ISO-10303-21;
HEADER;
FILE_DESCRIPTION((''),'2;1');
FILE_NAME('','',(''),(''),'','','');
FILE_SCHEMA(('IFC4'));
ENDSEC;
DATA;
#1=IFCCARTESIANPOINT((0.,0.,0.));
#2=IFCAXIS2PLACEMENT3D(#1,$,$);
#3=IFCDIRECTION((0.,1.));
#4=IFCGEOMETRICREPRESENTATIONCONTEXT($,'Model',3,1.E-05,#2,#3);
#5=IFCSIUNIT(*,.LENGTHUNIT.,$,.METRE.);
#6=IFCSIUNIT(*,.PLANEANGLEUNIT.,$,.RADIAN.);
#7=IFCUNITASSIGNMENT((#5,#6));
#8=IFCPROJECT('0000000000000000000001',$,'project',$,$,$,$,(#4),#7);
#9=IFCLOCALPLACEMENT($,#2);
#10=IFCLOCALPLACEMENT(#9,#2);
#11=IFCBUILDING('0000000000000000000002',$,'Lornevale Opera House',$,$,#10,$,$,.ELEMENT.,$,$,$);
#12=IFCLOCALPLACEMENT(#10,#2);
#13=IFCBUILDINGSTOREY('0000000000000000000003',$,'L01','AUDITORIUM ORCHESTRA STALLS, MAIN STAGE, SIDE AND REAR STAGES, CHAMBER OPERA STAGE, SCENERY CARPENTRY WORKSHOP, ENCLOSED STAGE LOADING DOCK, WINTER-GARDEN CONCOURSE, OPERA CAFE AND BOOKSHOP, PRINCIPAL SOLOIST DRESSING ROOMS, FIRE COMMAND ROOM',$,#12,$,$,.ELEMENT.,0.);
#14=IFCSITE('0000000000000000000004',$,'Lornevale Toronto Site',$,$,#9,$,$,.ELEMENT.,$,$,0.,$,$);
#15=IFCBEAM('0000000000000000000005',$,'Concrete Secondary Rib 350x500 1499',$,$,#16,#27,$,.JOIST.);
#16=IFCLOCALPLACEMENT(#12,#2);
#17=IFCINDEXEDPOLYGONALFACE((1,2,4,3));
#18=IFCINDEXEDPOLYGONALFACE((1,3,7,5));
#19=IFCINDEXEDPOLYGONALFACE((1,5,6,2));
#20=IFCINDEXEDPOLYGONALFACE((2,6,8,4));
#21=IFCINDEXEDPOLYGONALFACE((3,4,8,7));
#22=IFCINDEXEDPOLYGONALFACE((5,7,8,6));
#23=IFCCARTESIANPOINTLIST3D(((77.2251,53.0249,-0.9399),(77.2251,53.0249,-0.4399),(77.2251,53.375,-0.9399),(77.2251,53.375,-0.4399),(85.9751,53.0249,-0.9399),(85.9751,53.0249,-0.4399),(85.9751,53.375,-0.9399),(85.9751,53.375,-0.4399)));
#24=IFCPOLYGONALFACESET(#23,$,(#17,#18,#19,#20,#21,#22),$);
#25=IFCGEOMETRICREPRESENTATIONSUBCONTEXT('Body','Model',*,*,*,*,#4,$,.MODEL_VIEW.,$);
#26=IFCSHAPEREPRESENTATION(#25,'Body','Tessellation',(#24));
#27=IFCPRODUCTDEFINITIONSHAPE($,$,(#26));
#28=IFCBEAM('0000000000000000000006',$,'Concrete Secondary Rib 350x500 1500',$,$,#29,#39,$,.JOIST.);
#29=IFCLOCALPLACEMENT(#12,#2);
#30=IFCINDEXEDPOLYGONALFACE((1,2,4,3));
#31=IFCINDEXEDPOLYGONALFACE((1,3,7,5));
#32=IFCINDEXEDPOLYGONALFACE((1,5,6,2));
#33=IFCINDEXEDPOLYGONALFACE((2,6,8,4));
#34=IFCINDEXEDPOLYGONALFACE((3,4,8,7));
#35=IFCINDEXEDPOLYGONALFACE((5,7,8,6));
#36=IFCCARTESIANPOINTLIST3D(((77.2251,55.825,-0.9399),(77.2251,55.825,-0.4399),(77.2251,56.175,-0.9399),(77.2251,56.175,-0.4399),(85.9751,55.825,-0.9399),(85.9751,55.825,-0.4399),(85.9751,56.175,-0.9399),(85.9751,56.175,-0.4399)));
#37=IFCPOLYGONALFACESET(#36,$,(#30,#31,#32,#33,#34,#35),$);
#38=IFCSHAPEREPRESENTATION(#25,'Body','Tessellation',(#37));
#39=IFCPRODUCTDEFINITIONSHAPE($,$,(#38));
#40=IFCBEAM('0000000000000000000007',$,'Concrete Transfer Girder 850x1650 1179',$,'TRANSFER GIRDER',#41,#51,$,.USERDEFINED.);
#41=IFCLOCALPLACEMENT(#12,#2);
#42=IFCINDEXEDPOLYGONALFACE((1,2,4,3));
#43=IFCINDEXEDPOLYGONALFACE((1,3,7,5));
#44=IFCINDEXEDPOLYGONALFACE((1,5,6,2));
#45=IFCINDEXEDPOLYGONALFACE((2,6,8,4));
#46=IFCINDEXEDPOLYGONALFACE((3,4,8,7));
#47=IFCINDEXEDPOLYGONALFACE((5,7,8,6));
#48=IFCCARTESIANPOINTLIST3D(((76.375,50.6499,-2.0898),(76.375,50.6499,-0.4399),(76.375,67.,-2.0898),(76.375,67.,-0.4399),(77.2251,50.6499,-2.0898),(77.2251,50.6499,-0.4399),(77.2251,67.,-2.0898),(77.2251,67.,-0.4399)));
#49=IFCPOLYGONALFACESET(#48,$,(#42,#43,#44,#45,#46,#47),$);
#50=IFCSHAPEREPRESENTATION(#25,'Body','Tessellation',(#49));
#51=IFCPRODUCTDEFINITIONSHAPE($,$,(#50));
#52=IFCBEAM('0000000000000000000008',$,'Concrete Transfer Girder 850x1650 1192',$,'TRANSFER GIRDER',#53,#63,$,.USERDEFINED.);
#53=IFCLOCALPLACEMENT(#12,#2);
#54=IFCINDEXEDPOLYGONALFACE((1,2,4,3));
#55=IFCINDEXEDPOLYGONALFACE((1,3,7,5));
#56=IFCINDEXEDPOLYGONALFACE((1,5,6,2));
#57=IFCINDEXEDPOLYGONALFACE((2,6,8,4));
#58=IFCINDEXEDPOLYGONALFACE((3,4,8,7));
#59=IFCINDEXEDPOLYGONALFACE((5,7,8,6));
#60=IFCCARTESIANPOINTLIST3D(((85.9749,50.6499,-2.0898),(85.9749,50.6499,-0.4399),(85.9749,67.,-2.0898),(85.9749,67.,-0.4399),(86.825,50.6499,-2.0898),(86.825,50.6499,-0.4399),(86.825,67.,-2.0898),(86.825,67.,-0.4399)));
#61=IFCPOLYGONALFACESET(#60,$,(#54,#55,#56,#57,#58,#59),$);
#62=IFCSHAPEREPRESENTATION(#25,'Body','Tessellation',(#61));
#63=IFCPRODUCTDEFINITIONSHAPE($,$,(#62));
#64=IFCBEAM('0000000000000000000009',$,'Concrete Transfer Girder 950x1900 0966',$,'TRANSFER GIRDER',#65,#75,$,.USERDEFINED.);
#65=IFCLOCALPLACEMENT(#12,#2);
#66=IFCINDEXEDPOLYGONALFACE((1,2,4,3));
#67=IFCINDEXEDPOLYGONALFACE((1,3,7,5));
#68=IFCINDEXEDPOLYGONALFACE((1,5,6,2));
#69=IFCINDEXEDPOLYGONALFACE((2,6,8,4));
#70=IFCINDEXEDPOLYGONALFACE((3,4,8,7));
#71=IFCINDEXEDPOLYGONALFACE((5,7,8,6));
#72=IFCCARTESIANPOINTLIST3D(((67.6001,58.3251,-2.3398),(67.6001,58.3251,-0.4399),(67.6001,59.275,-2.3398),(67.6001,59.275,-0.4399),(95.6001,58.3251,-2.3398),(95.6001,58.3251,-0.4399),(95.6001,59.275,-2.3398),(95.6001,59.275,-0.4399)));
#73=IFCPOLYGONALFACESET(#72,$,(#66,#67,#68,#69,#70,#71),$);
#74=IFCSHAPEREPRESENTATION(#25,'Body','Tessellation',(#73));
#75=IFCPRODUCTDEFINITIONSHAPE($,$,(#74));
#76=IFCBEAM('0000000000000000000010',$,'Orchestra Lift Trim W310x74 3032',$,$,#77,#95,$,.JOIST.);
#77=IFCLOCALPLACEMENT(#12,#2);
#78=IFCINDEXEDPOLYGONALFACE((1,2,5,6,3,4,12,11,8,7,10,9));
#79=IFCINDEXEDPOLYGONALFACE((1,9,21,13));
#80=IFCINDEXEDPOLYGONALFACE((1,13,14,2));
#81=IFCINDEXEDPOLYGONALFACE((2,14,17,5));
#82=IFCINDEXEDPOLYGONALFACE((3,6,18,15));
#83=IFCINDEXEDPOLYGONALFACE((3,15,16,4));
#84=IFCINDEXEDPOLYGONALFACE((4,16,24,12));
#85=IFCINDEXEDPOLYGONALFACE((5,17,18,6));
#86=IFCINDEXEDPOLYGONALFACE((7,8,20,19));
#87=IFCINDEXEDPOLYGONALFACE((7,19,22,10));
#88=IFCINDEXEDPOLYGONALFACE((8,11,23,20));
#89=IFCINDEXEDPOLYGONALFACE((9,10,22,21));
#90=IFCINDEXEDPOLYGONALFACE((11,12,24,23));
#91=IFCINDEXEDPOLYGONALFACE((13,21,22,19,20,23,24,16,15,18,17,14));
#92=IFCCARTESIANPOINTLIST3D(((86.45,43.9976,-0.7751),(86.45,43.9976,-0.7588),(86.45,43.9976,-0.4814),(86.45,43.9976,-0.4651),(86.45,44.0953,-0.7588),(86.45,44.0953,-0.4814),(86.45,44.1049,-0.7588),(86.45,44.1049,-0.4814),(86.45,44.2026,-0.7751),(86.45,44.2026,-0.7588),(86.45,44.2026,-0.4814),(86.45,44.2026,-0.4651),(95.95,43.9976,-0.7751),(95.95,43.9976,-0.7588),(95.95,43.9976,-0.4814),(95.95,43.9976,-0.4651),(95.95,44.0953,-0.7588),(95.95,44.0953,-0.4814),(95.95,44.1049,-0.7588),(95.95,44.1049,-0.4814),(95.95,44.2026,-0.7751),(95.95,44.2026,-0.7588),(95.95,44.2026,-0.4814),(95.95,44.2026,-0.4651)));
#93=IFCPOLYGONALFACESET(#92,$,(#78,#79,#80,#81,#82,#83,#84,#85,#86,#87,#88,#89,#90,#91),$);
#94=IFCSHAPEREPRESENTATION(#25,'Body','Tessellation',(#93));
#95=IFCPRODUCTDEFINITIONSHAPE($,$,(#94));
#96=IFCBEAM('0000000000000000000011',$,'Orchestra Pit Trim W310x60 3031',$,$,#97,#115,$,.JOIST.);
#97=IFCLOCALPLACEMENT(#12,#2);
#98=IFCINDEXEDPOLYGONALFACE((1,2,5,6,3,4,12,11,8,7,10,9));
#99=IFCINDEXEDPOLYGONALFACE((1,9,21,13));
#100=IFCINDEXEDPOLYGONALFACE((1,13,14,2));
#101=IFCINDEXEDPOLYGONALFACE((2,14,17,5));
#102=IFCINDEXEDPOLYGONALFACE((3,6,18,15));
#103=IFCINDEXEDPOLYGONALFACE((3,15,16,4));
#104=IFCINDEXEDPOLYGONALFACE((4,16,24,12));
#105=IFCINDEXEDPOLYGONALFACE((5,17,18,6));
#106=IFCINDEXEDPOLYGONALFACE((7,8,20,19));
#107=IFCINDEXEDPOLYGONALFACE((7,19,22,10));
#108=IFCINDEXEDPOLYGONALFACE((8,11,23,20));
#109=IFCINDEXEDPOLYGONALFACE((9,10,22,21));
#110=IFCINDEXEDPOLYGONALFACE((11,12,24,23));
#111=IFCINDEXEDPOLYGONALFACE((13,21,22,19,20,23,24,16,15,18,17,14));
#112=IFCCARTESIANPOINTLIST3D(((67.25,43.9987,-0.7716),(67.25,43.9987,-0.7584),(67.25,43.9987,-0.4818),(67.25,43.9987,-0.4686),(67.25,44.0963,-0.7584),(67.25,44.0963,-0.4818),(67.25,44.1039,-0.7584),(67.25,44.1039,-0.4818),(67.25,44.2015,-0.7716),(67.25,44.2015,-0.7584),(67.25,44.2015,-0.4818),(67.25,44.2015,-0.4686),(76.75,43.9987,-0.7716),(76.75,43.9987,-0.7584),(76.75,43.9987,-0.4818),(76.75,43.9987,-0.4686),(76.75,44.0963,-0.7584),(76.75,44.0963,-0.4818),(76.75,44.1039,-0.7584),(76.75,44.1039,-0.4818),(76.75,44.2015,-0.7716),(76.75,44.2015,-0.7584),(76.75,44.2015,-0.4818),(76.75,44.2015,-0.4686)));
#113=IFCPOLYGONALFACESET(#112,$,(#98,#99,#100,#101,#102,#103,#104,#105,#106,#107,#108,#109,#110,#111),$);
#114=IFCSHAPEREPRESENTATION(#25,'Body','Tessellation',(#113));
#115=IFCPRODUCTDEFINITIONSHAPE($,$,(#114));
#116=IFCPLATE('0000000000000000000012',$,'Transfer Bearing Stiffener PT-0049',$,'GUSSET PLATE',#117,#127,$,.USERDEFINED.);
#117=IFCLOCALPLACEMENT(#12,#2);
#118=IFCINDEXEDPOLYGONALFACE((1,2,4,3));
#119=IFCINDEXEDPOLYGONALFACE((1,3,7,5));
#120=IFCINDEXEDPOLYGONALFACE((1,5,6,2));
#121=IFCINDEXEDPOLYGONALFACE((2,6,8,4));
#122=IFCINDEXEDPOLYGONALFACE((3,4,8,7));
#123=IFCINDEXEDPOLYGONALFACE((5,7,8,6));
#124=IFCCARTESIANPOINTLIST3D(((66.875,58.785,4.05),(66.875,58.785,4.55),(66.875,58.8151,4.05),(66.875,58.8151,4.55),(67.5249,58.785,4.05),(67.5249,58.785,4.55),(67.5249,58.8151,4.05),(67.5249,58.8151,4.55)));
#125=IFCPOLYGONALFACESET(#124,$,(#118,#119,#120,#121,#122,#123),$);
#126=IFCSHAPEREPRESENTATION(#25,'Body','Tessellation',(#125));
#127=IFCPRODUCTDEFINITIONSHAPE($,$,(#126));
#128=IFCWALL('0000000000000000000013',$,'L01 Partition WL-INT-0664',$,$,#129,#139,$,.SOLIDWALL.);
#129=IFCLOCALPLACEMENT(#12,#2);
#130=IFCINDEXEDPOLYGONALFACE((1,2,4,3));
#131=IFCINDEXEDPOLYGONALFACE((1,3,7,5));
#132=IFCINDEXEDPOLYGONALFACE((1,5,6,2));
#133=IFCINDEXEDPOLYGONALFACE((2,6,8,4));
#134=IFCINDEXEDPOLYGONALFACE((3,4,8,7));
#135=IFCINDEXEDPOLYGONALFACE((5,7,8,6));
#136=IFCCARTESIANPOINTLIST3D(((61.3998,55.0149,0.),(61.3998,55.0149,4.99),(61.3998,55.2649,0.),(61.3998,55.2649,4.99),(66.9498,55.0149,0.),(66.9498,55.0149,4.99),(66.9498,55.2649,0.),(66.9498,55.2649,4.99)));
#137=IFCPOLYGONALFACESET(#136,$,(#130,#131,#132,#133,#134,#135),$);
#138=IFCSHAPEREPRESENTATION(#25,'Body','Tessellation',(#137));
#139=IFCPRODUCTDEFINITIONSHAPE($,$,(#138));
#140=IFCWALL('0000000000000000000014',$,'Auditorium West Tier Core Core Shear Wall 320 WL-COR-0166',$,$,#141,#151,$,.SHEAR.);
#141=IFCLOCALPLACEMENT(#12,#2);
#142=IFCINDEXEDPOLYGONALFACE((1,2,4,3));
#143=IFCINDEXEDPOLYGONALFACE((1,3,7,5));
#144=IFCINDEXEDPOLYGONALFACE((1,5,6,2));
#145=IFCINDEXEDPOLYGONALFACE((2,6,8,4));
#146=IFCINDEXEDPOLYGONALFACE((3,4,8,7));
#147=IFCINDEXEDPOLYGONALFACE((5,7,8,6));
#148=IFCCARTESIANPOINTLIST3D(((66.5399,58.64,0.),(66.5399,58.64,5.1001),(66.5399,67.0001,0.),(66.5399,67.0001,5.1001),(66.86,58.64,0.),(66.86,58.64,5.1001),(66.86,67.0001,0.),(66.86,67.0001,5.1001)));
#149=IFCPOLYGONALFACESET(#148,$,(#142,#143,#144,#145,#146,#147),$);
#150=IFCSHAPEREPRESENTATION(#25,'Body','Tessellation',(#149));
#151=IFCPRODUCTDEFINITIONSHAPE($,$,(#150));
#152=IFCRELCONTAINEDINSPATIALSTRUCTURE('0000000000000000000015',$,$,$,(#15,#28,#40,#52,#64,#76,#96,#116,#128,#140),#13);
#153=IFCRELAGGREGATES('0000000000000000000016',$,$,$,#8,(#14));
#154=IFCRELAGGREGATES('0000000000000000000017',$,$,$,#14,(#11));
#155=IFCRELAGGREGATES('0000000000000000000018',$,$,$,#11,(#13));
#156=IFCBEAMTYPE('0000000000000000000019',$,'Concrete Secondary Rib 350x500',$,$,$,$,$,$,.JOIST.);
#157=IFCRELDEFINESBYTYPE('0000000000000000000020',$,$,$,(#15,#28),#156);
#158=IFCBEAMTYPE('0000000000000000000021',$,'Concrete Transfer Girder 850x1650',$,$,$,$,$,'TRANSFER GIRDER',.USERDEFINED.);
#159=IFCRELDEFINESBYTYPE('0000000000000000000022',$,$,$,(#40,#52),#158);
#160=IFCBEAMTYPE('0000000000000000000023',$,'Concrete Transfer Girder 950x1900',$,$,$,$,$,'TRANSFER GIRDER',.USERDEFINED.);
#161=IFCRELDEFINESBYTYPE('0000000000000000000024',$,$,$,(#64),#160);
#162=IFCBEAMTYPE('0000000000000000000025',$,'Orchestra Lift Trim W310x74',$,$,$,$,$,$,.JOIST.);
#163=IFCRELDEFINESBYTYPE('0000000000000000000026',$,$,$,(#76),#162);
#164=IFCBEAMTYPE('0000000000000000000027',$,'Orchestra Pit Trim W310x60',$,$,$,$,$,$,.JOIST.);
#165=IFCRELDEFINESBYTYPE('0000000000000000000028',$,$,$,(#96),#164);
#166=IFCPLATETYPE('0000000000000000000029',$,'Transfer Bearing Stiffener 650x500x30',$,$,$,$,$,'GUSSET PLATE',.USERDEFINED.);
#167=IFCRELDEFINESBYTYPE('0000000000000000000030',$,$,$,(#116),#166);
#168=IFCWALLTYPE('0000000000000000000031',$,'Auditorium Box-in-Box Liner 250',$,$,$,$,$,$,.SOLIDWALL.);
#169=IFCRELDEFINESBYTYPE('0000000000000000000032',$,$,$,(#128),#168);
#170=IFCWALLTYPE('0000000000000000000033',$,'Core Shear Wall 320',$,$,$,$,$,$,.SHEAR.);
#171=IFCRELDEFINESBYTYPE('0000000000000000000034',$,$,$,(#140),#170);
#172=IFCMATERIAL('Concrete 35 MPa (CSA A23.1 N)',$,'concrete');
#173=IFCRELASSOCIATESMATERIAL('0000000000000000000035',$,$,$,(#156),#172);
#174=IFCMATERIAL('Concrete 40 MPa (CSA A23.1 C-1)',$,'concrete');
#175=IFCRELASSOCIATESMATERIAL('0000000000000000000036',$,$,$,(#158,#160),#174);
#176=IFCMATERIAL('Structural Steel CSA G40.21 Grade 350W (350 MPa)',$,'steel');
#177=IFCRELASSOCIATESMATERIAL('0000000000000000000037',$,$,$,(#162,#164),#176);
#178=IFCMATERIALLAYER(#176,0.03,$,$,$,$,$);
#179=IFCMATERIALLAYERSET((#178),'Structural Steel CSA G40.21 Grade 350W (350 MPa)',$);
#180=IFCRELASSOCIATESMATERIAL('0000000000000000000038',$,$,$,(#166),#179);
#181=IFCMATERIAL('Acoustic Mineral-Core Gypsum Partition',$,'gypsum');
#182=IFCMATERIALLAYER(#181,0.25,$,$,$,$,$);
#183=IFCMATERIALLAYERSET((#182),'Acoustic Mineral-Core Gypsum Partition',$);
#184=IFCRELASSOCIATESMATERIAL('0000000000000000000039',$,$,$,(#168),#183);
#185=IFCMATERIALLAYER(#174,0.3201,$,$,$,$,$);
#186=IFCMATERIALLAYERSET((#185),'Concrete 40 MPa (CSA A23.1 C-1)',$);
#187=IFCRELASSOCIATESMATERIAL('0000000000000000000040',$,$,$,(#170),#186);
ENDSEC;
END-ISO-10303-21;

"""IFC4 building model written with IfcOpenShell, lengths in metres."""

from ifc_helpers import new_model, si_unit, direction, frame, frame_2d, origin, origin_2d, place, context, subcontext, project, spatial, rectangle, i_section, extrude, material, layer, layer_set, material_profile, profile_set, type_object, element, save


model = new_model("IFC4")

# Units and contexts
model_context = context("Model", 3, precision=1e-05, world=origin(), true_north=direction((0.0, 1.0)))
body_context = subcontext(model_context, "Body", "Model", "MODEL_VIEW")
ifc_project = project(units=[si_unit("LENGTHUNIT", "METRE"), si_unit("PLANEANGLEUNIT", "RADIAN")], contexts=[model_context])

# Site, building, storey
site_placement = place(None, origin())
site = spatial("IfcSite", under=ifc_project, at=site_placement, Name="Lornevale Toronto Site", CompositionType="ELEMENT", RefElevation=0.0)
building_placement = place(site_placement, origin())
building = spatial("IfcBuilding", under=site, at=building_placement, Name="Lornevale Opera House", CompositionType="ELEMENT")
storey_placement = place(building_placement, origin())
storey = spatial("IfcBuildingStorey", under=building, at=storey_placement, Name="L01", Description="AUDITORIUM ORCHESTRA STALLS, MAIN STAGE, SIDE AND REAR STAGES, CHAMBER OPERA STAGE, SCENERY CARPENTRY WORKSHOP, ENCLOSED STAGE LOADING DOCK, WINTER-GARDEN CONCOURSE, OPERA CAFE AND BOOKSHOP, PRINCIPAL SOLOIST DRESSING ROOMS, FIRE COMMAND ROOM", CompositionType="ELEMENT", Elevation=0.0)

# Shared definitions
ifc_material_1 = material(Name="Concrete 40 MPa (CSA A23.1 C-1)", Category="concrete")

# Beams
ifc_material_2 = material(Name="Concrete 35 MPa (CSA A23.1 N)", Category="concrete")
ifc_material_profile_1 = material_profile(ifc_material_2, rectangle(XDim=0.3501, YDim=0.5, at=origin_2d()), Name="RC350x500")
ifc_profile_set_1 = profile_set([ifc_material_profile_1], Name="Concrete 35 MPa (CSA A23.1 N)")
beam_type_1 = type_object("IfcBeamType", Name="Concrete Secondary Rib 350x500", PredefinedType="JOIST", material=ifc_profile_set_1)
for number, where, z_axis, x_axis, name in (
    (1, (77.2251, 53.2, -0.6899), (1.0, 0.0, 0.0), (0.0, 1.0, 0.0), "Concrete Secondary Rib 350x500 1499"),
    (2, (77.2251, 56.0, -0.6899), (1.0, 0.0, 0.0), (0.0, 1.0, 0.0), "Concrete Secondary Rib 350x500 1500"),
):
    element("IfcBeam", number, at=place(storey_placement, frame(where, z_axis=z_axis, x_axis=x_axis)), inside=storey, type_object=beam_type_1, Name=name, PredefinedType="JOIST", context=body_context, shape_type="SweptSolid", body=[
        extrude(rectangle(XDim=0.3501, YDim=0.5, at=origin_2d()), origin(), (0.0, 0.0, 1.0), 8.75),
    ])
ifc_material_profile_2 = material_profile(ifc_material_1, rectangle(XDim=0.8501, YDim=1.6499, at=origin_2d()), Name="RC850x1650")
ifc_profile_set_2 = profile_set([ifc_material_profile_2], Name="Concrete 40 MPa (CSA A23.1 C-1)")
beam_type_2 = type_object("IfcBeamType", Name="Concrete Transfer Girder 850x1650", ElementType="TRANSFER GIRDER", PredefinedType="USERDEFINED", material=ifc_profile_set_2)
for number, where, z_axis, x_axis, name in (
    (3, (76.8, 50.6499, -1.2649), (0.0, 1.0, 0.0), (-1.0, 0.0, 0.0), "Concrete Transfer Girder 850x1650 1179"),
    (4, (86.3999, 50.6499, -1.2649), (0.0, 1.0, 0.0), (-1.0, 0.0, 0.0), "Concrete Transfer Girder 850x1650 1192"),
):
    element("IfcBeam", number, at=place(storey_placement, frame(where, z_axis=z_axis, x_axis=x_axis)), inside=storey, type_object=beam_type_2, Name=name, ObjectType="TRANSFER GIRDER", PredefinedType="USERDEFINED", context=body_context, shape_type="SweptSolid", body=[
        extrude(rectangle(XDim=0.8501, YDim=1.6499, at=origin_2d()), origin(), (0.0, 0.0, 1.0), 16.3501),
    ])
ifc_material_profile_3 = material_profile(ifc_material_1, rectangle(XDim=0.95, YDim=1.8999, at=origin_2d()), Name="RC950x1900")
ifc_profile_set_3 = profile_set([ifc_material_profile_3], Name="Concrete 40 MPa (CSA A23.1 C-1)")
beam_type_3 = type_object("IfcBeamType", Name="Concrete Transfer Girder 950x1900", ElementType="TRANSFER GIRDER", PredefinedType="USERDEFINED", material=ifc_profile_set_3)
beam_1_placement = place(storey_placement, frame((67.6001, 58.8, -1.3899), z_axis=(1.0, 0.0, 0.0), x_axis=(0.0, 1.0, 0.0)))
element("IfcBeam", 5, at=beam_1_placement, inside=storey, type_object=beam_type_3, Name="Concrete Transfer Girder 950x1900 0966", ObjectType="TRANSFER GIRDER", PredefinedType="USERDEFINED", context=body_context, shape_type="SweptSolid", body=[
    extrude(rectangle(XDim=0.95, YDim=1.8999, at=origin_2d()), origin(), (0.0, 0.0, 1.0), 28.0),
])
ifc_material_3 = material(Name="Structural Steel CSA G40.21 Grade 350W (350 MPa)", Category="steel")
ifc_material_profile_4 = material_profile(ifc_material_3, i_section(OverallWidth=0.2051, OverallDepth=0.3101, WebThickness=0.0095, FlangeThickness=0.0164, at=origin_2d()), Name="W310x74")
ifc_profile_set_4 = profile_set([ifc_material_profile_4], Name="Structural Steel CSA G40.21 Grade 350W (350 MPa)")
beam_type_4 = type_object("IfcBeamType", Name="Orchestra Lift Trim W310x74", PredefinedType="JOIST", material=ifc_profile_set_4)
beam_2_placement = place(storey_placement, frame((86.45, 44.1001, -0.6201), z_axis=(1.0, 0.0, 0.0), x_axis=(0.0, 1.0, 0.0)))
element("IfcBeam", 6, at=beam_2_placement, inside=storey, type_object=beam_type_4, Name="Orchestra Lift Trim W310x74 3032", PredefinedType="JOIST", context=body_context, shape_type="SweptSolid", body=[
    extrude(i_section(OverallWidth=0.2051, OverallDepth=0.3101, WebThickness=0.0095, FlangeThickness=0.0164, at=origin_2d()), origin(), (0.0, 0.0, 1.0), 9.5),
])
ifc_material_profile_5 = material_profile(ifc_material_3, i_section(OverallWidth=0.2029, OverallDepth=0.303, WebThickness=0.0076, FlangeThickness=0.0132, at=origin_2d()), Name="W310x60")
ifc_profile_set_5 = profile_set([ifc_material_profile_5], Name="Structural Steel CSA G40.21 Grade 350W (350 MPa)")
beam_type_5 = type_object("IfcBeamType", Name="Orchestra Pit Trim W310x60", PredefinedType="JOIST", material=ifc_profile_set_5)
beam_3_placement = place(storey_placement, frame((67.25, 44.1001, -0.6201), z_axis=(1.0, 0.0, 0.0), x_axis=(0.0, 1.0, 0.0)))
element("IfcBeam", 7, at=beam_3_placement, inside=storey, type_object=beam_type_5, Name="Orchestra Pit Trim W310x60 3031", PredefinedType="JOIST", context=body_context, shape_type="SweptSolid", body=[
    extrude(i_section(OverallWidth=0.2029, OverallDepth=0.303, WebThickness=0.0076, FlangeThickness=0.0132, at=origin_2d()), origin(), (0.0, 0.0, 1.0), 9.5),
])

# Plate
ifc_layer_1 = layer(ifc_material_3, 0.03)
ifc_layer_set_1 = layer_set([ifc_layer_1], Name="Structural Steel CSA G40.21 Grade 350W (350 MPa)")
plate_type = type_object("IfcPlateType", Name="Transfer Bearing Stiffener 650x500x30", ElementType="GUSSET PLATE", PredefinedType="USERDEFINED", material=ifc_layer_set_1)
plate_placement = place(storey_placement, frame((67.2, 58.8, 4.05), z_axis=(0.0, 0.0, 1.0), x_axis=(1.0, 0.0, 0.0)))
element("IfcPlate", 8, at=plate_placement, inside=storey, type_object=plate_type, Name="Transfer Bearing Stiffener PT-0049", ObjectType="GUSSET PLATE", PredefinedType="USERDEFINED", context=body_context, shape_type="SweptSolid", body=[
    extrude(rectangle(XDim=0.6499, YDim=0.03, at=origin_2d()), origin(), (0.0, 0.0, 1.0), 0.5),
])

# Walls
ifc_material_4 = material(Name="Acoustic Mineral-Core Gypsum Partition", Category="gypsum")
ifc_layer_2 = layer(ifc_material_4, 0.25)
ifc_layer_set_2 = layer_set([ifc_layer_2], Name="Acoustic Mineral-Core Gypsum Partition")
wall_type_1 = type_object("IfcWallType", Name="Auditorium Box-in-Box Liner 250", PredefinedType="SOLIDWALL", material=ifc_layer_set_2)
wall_1_placement = place(storey_placement, frame((61.3999, 55.1399, 0.0), z_axis=(0.0, 0.0, 1.0), x_axis=(1.0, 0.0, 0.0)))
element("IfcWall", 9, at=wall_1_placement, inside=storey, type_object=wall_type_1, Name="L01 Partition WL-INT-0664", PredefinedType="SOLIDWALL", context=body_context, shape_type="SweptSolid", body=[
    extrude(rectangle(XDim=5.55, YDim=0.25, at=frame_2d((2.7749, 0.0))), origin(), (0.0, 0.0, 1.0), 4.99),
])
ifc_layer_3 = layer(ifc_material_1, 0.3201)
ifc_layer_set_3 = layer_set([ifc_layer_3], Name="Concrete 40 MPa (CSA A23.1 C-1)")
wall_type_2 = type_object("IfcWallType", Name="Core Shear Wall 320", PredefinedType="SHEAR", material=ifc_layer_set_3)
wall_2_placement = place(storey_placement, frame((66.7, 58.6399, 0.0), z_axis=(0.0, 0.0, 1.0), x_axis=(0.0, 1.0, 0.0)))
element("IfcWall", 10, at=wall_2_placement, inside=storey, type_object=wall_type_2, Name="Auditorium West Tier Core Core Shear Wall 320 WL-COR-0166", PredefinedType="SHEAR", context=body_context, shape_type="SweptSolid", body=[
    extrude(rectangle(XDim=8.3601, YDim=0.3201, at=frame_2d((4.1802, 0.0))), origin(), (0.0, 0.0, 1.0), 5.1001),
])

save(model, "model.ifc")
